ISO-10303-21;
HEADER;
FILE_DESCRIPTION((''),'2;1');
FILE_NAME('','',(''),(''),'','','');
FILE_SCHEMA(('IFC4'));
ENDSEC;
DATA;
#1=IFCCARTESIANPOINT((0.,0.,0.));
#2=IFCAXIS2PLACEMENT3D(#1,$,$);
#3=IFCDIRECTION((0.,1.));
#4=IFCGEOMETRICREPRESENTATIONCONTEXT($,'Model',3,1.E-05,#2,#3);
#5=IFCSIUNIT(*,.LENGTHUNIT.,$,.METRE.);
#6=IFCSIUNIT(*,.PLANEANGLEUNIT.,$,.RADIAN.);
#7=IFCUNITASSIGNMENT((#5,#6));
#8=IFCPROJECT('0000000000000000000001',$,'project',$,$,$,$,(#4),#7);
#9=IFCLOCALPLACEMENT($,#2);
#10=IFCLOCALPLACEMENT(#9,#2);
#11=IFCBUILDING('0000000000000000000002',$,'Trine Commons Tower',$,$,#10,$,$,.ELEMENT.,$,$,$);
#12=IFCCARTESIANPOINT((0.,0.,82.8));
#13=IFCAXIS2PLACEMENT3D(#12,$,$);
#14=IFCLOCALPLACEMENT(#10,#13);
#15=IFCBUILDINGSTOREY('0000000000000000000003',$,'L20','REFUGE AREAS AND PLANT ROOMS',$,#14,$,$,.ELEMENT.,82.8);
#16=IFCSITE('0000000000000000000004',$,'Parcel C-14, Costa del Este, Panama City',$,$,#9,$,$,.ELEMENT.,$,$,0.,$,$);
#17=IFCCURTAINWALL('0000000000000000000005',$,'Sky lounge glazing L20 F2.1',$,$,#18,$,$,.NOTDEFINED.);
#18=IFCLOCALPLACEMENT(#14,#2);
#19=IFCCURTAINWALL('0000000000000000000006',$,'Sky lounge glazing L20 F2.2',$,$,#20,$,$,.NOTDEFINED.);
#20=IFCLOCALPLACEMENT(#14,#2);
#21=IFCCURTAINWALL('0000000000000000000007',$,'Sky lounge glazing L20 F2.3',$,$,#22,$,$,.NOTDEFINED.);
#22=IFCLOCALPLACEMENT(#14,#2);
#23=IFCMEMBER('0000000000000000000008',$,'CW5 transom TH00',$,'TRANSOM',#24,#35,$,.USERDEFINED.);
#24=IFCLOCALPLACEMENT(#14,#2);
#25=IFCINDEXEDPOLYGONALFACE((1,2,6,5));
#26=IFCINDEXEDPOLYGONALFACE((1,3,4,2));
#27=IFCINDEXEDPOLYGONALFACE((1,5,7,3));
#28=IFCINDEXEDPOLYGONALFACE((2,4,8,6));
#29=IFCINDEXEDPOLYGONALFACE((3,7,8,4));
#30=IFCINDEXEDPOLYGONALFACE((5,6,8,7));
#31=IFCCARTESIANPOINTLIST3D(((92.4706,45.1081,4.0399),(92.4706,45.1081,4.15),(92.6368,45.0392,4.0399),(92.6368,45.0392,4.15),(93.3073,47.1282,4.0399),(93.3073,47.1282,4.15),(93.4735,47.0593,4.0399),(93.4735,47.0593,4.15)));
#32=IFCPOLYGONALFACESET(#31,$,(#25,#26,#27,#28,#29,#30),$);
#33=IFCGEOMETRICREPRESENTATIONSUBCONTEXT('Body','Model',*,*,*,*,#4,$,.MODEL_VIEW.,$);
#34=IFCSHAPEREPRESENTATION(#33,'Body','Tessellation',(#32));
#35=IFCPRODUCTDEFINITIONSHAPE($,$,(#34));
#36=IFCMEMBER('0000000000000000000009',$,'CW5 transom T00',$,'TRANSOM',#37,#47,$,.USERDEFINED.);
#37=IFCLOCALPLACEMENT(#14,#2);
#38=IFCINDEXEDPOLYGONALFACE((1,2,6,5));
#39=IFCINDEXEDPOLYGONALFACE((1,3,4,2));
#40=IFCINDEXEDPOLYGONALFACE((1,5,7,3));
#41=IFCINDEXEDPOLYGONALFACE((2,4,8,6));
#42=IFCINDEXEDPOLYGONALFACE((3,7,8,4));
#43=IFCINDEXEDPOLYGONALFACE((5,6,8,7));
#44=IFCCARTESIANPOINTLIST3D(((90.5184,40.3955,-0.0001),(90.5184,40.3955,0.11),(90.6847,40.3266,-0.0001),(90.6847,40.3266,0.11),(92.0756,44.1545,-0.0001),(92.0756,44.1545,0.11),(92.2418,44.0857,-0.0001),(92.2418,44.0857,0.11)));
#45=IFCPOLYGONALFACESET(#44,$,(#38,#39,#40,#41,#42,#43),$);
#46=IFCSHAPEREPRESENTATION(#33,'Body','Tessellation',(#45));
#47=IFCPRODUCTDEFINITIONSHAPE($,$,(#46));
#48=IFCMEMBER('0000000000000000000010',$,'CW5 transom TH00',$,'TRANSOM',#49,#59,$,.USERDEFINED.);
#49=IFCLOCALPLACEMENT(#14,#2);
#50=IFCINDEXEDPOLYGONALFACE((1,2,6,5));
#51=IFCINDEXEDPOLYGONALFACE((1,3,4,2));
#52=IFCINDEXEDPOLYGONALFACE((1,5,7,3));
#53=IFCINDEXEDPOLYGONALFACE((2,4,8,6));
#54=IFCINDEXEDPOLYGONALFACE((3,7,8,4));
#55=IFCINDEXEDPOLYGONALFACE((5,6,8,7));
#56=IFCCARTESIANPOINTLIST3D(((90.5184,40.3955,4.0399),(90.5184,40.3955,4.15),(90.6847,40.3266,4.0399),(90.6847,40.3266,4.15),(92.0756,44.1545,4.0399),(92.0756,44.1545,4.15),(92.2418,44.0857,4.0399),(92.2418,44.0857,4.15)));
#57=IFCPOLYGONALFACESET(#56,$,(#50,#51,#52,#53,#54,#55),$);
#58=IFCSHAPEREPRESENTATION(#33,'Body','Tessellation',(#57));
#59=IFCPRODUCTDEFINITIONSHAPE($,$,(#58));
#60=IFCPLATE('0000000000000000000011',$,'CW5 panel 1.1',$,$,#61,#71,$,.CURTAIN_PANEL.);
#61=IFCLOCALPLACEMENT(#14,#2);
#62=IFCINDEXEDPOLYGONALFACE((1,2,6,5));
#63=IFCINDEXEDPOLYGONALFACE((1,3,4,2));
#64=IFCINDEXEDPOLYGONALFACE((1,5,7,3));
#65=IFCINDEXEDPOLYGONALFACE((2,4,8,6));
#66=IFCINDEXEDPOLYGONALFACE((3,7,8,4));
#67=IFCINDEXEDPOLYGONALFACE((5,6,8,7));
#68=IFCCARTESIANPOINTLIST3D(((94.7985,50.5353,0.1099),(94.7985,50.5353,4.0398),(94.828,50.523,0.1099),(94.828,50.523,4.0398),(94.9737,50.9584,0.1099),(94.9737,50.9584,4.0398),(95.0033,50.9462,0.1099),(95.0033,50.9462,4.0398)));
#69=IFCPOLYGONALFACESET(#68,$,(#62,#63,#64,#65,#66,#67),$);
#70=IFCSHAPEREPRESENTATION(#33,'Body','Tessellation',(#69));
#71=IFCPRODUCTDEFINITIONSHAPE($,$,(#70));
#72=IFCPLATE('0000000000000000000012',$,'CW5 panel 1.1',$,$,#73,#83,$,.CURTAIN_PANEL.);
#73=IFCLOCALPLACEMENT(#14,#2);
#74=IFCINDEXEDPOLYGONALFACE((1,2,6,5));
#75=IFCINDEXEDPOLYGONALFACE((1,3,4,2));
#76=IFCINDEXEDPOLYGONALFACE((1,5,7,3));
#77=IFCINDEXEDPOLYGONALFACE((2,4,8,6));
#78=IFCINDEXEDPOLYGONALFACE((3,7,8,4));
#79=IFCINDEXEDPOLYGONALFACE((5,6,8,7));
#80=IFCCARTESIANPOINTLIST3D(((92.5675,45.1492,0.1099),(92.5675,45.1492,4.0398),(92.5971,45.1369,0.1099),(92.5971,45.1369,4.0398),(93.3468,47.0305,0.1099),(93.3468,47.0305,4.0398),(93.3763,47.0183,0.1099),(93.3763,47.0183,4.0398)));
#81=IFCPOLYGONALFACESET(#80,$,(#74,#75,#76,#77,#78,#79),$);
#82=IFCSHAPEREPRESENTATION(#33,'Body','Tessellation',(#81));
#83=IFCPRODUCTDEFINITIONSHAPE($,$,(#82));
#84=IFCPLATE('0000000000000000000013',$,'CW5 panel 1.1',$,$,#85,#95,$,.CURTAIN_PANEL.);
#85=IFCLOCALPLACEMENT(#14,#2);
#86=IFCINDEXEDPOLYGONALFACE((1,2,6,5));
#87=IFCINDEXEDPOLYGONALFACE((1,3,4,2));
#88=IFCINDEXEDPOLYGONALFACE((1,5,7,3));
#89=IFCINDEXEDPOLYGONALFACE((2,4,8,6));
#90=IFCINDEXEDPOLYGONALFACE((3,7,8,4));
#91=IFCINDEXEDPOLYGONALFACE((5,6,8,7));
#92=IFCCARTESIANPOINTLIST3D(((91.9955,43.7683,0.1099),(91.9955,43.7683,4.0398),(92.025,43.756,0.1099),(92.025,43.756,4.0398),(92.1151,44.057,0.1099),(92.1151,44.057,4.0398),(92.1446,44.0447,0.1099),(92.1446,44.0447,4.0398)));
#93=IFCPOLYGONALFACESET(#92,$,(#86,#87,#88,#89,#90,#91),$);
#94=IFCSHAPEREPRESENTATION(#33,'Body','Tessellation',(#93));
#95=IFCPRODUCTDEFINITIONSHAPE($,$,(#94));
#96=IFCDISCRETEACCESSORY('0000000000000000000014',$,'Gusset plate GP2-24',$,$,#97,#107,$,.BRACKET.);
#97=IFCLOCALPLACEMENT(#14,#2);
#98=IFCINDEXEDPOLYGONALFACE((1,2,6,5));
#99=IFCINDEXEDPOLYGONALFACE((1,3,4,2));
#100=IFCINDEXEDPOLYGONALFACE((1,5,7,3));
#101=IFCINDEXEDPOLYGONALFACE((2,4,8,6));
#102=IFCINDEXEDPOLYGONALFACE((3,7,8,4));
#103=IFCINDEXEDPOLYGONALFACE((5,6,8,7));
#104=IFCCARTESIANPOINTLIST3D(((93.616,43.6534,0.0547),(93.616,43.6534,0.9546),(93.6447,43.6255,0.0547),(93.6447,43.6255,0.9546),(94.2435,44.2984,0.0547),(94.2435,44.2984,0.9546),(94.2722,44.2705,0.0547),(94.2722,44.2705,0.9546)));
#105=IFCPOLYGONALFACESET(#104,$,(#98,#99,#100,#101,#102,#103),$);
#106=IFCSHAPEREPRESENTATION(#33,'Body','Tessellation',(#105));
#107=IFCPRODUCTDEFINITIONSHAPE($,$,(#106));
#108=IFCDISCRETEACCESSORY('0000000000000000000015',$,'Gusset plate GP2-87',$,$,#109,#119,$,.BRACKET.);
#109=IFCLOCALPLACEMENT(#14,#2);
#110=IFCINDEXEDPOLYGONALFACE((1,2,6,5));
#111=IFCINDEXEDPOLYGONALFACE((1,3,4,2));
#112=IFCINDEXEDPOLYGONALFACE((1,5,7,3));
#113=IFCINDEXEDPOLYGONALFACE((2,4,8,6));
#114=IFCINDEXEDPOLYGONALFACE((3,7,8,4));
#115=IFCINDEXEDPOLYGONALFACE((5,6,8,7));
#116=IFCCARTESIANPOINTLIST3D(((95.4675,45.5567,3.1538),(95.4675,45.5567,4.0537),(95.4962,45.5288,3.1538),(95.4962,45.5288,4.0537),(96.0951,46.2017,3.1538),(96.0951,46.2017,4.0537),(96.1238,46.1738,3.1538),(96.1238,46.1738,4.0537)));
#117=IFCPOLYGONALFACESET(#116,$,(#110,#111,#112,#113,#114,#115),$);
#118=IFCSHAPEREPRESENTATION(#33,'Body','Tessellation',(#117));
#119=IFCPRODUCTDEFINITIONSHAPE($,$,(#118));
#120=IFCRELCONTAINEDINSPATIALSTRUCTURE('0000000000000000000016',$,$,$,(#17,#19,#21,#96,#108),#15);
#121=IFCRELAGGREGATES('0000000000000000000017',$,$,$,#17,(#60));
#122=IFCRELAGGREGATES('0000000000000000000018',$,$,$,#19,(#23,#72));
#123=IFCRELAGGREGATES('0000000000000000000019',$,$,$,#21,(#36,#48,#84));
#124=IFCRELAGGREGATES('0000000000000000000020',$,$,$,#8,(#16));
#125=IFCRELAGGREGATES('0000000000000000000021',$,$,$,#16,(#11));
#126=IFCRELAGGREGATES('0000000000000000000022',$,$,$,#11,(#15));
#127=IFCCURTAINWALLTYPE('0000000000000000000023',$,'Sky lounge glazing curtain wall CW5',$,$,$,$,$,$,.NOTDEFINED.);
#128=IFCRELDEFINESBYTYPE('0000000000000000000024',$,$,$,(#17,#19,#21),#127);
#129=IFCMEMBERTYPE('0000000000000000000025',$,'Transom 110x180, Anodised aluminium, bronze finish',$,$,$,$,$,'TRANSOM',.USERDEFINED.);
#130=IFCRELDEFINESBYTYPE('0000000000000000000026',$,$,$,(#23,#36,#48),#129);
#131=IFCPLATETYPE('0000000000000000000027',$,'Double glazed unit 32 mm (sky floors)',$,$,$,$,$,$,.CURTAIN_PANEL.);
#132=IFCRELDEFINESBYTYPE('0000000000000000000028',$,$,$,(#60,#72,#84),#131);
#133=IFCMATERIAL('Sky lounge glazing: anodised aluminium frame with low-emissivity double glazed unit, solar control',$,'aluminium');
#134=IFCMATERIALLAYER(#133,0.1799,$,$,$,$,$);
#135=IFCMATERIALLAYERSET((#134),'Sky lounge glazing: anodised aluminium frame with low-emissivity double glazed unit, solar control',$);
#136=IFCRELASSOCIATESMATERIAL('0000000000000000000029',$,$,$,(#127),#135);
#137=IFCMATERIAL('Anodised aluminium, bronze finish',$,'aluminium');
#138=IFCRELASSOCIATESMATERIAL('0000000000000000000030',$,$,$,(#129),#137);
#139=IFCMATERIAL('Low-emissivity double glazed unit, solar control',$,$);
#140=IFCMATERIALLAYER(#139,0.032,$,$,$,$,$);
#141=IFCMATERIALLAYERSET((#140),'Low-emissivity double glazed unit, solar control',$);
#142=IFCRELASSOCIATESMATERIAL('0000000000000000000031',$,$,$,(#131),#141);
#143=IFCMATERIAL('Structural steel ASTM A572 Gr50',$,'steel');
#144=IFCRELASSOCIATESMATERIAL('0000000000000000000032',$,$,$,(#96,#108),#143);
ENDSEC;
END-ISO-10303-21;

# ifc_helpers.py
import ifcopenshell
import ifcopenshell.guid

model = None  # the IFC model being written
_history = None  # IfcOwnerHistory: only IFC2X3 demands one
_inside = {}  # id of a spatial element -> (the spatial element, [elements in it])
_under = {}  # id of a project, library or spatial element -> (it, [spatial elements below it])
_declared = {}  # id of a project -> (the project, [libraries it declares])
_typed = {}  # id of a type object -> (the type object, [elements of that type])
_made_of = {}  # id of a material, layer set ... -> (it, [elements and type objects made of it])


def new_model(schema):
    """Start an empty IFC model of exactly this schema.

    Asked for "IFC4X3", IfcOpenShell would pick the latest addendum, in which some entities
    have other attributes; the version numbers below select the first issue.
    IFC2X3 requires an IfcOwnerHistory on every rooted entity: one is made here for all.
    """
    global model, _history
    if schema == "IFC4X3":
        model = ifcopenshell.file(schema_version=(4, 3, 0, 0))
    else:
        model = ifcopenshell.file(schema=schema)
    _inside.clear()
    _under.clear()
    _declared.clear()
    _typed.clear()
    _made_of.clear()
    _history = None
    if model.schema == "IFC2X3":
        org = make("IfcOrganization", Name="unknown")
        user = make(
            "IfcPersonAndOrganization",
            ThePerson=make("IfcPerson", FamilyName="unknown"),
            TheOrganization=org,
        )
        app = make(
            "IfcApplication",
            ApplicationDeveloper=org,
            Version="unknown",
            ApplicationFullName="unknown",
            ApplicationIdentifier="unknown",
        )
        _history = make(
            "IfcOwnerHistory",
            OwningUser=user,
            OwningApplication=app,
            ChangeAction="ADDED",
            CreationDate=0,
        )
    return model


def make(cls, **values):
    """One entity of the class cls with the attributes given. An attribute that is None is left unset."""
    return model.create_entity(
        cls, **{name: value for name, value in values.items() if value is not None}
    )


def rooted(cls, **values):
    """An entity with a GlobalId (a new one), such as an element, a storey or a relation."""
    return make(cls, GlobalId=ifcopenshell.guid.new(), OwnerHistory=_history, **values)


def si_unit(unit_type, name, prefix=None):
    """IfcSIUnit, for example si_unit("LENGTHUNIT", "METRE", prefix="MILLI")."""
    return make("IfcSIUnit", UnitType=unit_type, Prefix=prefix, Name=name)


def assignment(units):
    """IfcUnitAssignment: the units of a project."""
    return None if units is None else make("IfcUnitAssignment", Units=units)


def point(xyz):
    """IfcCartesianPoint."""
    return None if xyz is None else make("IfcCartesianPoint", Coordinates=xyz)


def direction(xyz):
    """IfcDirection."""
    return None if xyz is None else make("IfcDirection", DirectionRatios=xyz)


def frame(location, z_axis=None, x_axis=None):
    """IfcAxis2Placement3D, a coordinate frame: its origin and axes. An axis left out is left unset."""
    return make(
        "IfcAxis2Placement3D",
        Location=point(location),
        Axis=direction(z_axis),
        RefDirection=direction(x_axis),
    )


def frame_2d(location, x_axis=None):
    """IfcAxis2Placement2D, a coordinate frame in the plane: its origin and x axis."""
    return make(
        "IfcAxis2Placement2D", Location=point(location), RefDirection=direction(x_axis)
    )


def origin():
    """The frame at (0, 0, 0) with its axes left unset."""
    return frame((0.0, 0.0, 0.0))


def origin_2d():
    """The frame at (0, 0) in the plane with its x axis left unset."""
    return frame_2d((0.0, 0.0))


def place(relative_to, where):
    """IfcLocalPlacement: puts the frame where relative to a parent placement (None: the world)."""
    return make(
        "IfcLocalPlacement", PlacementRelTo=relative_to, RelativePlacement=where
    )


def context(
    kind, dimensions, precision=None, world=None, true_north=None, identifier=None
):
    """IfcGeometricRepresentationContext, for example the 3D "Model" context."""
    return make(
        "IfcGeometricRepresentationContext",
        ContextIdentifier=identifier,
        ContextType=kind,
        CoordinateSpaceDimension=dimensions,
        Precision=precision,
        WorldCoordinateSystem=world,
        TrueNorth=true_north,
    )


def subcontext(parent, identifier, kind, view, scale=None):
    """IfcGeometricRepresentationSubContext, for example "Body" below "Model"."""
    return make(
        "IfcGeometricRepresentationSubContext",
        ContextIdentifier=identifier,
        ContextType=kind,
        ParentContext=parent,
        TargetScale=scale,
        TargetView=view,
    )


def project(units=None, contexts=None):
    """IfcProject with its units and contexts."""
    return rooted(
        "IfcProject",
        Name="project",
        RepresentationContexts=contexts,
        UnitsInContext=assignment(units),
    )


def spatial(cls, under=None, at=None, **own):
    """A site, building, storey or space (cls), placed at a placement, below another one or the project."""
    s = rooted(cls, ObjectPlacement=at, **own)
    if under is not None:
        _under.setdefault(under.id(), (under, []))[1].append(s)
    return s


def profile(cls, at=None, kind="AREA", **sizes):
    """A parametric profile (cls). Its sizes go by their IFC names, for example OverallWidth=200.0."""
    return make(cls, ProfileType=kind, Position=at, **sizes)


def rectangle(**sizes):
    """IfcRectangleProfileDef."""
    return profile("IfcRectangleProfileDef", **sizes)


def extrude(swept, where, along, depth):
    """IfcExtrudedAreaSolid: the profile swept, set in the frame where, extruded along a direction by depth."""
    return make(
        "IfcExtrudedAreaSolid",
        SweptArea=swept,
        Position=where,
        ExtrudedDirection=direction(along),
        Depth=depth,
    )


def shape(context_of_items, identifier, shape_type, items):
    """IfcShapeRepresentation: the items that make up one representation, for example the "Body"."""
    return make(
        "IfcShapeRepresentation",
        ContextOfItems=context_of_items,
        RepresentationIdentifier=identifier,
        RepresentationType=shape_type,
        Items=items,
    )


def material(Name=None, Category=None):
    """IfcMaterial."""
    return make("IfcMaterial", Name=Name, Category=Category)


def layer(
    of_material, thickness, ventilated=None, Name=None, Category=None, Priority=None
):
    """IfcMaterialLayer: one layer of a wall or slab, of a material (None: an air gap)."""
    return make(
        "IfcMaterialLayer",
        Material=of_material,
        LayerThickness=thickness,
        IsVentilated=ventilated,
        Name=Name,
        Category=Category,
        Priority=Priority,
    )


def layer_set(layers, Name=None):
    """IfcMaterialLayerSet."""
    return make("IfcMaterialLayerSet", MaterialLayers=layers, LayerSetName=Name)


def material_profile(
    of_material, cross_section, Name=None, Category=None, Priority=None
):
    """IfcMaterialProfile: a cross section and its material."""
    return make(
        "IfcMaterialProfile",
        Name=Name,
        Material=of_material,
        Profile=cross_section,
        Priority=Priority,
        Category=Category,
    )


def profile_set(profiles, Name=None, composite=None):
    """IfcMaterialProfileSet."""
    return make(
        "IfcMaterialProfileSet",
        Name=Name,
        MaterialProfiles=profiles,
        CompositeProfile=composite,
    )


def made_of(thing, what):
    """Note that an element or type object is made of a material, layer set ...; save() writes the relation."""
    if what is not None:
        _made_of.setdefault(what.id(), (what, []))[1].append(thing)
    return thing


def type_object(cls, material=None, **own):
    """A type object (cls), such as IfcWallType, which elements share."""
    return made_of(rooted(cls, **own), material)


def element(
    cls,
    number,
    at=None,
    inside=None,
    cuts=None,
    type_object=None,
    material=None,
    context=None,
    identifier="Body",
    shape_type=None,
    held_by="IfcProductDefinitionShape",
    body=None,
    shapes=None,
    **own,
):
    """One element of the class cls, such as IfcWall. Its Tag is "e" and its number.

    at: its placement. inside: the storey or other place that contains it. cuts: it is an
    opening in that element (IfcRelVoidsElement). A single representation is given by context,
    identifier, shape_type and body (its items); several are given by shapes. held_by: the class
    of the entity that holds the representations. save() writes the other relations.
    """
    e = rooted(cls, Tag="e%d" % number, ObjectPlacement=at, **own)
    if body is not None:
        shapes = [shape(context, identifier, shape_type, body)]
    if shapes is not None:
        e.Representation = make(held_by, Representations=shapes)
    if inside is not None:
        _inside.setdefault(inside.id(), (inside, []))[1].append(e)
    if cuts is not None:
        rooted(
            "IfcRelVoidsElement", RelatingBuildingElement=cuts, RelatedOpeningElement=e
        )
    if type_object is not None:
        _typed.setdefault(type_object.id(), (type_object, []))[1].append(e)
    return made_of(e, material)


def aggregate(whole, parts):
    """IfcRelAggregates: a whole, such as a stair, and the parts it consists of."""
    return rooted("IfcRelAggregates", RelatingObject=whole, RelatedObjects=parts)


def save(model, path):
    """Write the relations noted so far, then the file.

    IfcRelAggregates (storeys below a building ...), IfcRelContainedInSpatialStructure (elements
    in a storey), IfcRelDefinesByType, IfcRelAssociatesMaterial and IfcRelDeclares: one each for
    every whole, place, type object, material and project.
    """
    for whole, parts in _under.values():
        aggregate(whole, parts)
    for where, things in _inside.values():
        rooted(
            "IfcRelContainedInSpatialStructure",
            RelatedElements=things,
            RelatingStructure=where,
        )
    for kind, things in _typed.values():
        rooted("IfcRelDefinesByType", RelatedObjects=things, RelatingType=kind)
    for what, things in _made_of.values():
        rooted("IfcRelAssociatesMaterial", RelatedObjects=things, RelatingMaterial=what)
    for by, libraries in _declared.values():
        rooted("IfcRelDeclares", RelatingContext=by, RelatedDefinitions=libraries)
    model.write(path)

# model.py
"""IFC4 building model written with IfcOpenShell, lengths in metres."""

from ifc_helpers import new_model, si_unit, direction, frame, origin, origin_2d, place, context, subcontext, project, spatial, rectangle, extrude, material, layer, layer_set, material_profile, profile_set, type_object, element, aggregate, save


model = new_model("IFC4")

# Units and contexts
model_context = context("Model", 3, precision=1e-05, world=origin(), true_north=direction((0.0, 1.0)))
body_context = subcontext(model_context, "Body", "Model", "MODEL_VIEW")
ifc_project = project(units=[si_unit("LENGTHUNIT", "METRE"), si_unit("PLANEANGLEUNIT", "RADIAN")], contexts=[model_context])

# Site, building, storey
site_placement = place(None, origin())
site = spatial("IfcSite", under=ifc_project, at=site_placement, Name="Parcel C-14, Costa del Este, Panama City", CompositionType="ELEMENT", RefElevation=0.0)
building_placement = place(site_placement, origin())
building = spatial("IfcBuilding", under=site, at=building_placement, Name="Trine Commons Tower", CompositionType="ELEMENT")
storey_placement = place(building_placement, frame((0.0, 0.0, 82.8)))
storey = spatial("IfcBuildingStorey", under=building, at=storey_placement, Name="L20", Description="REFUGE AREAS AND PLANT ROOMS", CompositionType="ELEMENT", Elevation=82.8)

# Curtain walls
ifc_material_1 = material(Name="Sky lounge glazing: anodised aluminium frame with low-emissivity double glazed unit, solar control", Category="aluminium")
ifc_layer_1 = layer(ifc_material_1, 0.1799)
ifc_layer_set_1 = layer_set([ifc_layer_1], Name="Sky lounge glazing: anodised aluminium frame with low-emissivity double glazed unit, solar control")
curtain_wall_type = type_object("IfcCurtainWallType", Name="Sky lounge glazing curtain wall CW5", PredefinedType="NOTDEFINED", material=ifc_layer_set_1)
curtain_wall_1_placement = place(storey_placement, origin())
curtain_wall_1 = element("IfcCurtainWall", 1, at=curtain_wall_1_placement, inside=storey, type_object=curtain_wall_type, Name="Sky lounge glazing L20 F2.1", PredefinedType="NOTDEFINED")
ifc_material_2 = material(Name="Anodised aluminium, bronze finish", Category="aluminium")
curtain_wall_2_placement = place(storey_placement, origin())
curtain_wall_2 = element("IfcCurtainWall", 2, at=curtain_wall_2_placement, inside=storey, type_object=curtain_wall_type, Name="Sky lounge glazing L20 F2.2", PredefinedType="NOTDEFINED")

# Curtain wall
curtain_wall_3_placement = place(storey_placement, origin())
curtain_wall_3 = element("IfcCurtainWall", 3, at=curtain_wall_3_placement, inside=storey, type_object=curtain_wall_type, Name="Sky lounge glazing L20 F2.3", PredefinedType="NOTDEFINED")

# Members
ifc_material_profile_1 = material_profile(ifc_material_2, rectangle(XDim=0.1799, YDim=0.1101, at=origin_2d()), Name="Transom 110x180")
ifc_profile_set_1 = profile_set([ifc_material_profile_1], Name="Anodised aluminium, bronze finish")
member_type_1 = type_object("IfcMemberType", Name="Transom 110x180, Anodised aluminium, bronze finish", ElementType="TRANSOM", PredefinedType="USERDEFINED", material=ifc_profile_set_1)
member_1_placement = place(storey_placement, frame((93.3904, 47.0938, 4.095), z_axis=(-0.382664, -0.923888, 0.0), x_axis=(0.923888, -0.382664, 0.0)))
member_1 = element("IfcMember", 4, at=member_1_placement, type_object=member_type_1, Name="CW5 transom TH00", ObjectType="TRANSOM", PredefinedType="USERDEFINED", context=body_context, shape_type="SweptSolid", body=[
    extrude(rectangle(XDim=0.1799, YDim=0.1101, at=origin_2d()), origin(), (0.0, 0.0, 1.0), 2.1865),
])
member_2_placement = place(storey_placement, frame((92.1587, 44.1201, 0.0549), z_axis=(-0.382702, -0.923872, 0.0), x_axis=(0.923872, -0.382702, 0.0)))
member_2 = element("IfcMember", 5, at=member_2_placement, type_object=member_type_1, Name="CW5 transom T00", ObjectType="TRANSOM", PredefinedType="USERDEFINED", context=body_context, shape_type="SweptSolid", body=[
    extrude(rectangle(XDim=0.1799, YDim=0.1101, at=origin_2d()), origin(), (0.0, 0.0, 1.0), 4.0688),
])
member_3_placement = place(storey_placement, frame((92.1587, 44.1201, 4.095), z_axis=(-0.382702, -0.923872, 0.0), x_axis=(0.923872, -0.382702, 0.0)))
member_3 = element("IfcMember", 6, at=member_3_placement, type_object=member_type_1, Name="CW5 transom TH00", ObjectType="TRANSOM", PredefinedType="USERDEFINED", context=body_context, shape_type="SweptSolid", body=[
    extrude(rectangle(XDim=0.1799, YDim=0.1101, at=origin_2d()), origin(), (0.0, 0.0, 1.0), 4.0688),
])

# Plates
ifc_material_3 = material(Name="Low-emissivity double glazed unit, solar control")
ifc_layer_2 = layer(ifc_material_3, 0.032)
ifc_layer_set_2 = layer_set([ifc_layer_2], Name="Low-emissivity double glazed unit, solar control")
plate_type = type_object("IfcPlateType", Name="Double glazed unit 32 mm (sky floors)", PredefinedType="CURTAIN_PANEL", material=ifc_layer_set_2)
plate_1_placement = place(storey_placement, frame((94.9009, 50.7407, 0.1099), z_axis=(0.0, 0.0, 1.0), x_axis=(-0.382683, -0.92388, 0.0)))
plate_1 = element("IfcPlate", 7, at=plate_1_placement, type_object=plate_type, Name="CW5 panel 1.1", PredefinedType="CURTAIN_PANEL", context=body_context, shape_type="SweptSolid", body=[
    extrude(rectangle(XDim=0.458, YDim=0.032, at=origin_2d()), origin(), (0.0, 0.0, 1.0), 3.9299),
])
aggregate(curtain_wall_1, [plate_1])
plate_2_placement = place(storey_placement, frame((92.9719, 46.0837, 0.1099), z_axis=(0.0, 0.0, 1.0), x_axis=(-0.382683, -0.92388, 0.0)))
plate_2 = element("IfcPlate", 8, at=plate_2_placement, type_object=plate_type, Name="CW5 panel 1.1", PredefinedType="CURTAIN_PANEL", context=body_context, shape_type="SweptSolid", body=[
    extrude(rectangle(XDim=2.0364, YDim=0.032, at=origin_2d()), origin(), (0.0, 0.0, 1.0), 3.9299),
])
aggregate(curtain_wall_2, [member_1, plate_2])
plate_3_placement = place(storey_placement, frame((92.0701, 43.9065, 0.1099), z_axis=(0.0, 0.0, 1.0), x_axis=(-0.382683, -0.92388, 0.0)))
plate_3 = element("IfcPlate", 9, at=plate_3_placement, type_object=plate_type, Name="CW5 panel 1.1", PredefinedType="CURTAIN_PANEL", context=body_context, shape_type="SweptSolid", body=[
    extrude(rectangle(XDim=0.3125, YDim=0.032, at=origin_2d()), origin(), (0.0, 0.0, 1.0), 3.9299),
])
aggregate(curtain_wall_3, [member_2, member_3, plate_3])

# Discrete accessories
ifc_material_4 = material(Name="Structural steel ASTM A572 Gr50", Category="steel")
for number, where, z_axis, x_axis, name in (
    (10, (93.9441, 43.9619, 0.0547), (0.0, 0.0, 1.0), (0.69734, 0.71674, 0.0), "Gusset plate GP2-24"),
    (11, (95.7957, 45.8652, 3.1538), (0.0, 0.0, 1.0), (0.69734, 0.71674, 0.0), "Gusset plate GP2-87"),
):
    element("IfcDiscreteAccessory", number, at=place(storey_placement, frame(where, z_axis=z_axis, x_axis=x_axis)), inside=storey, material=ifc_material_4, Name=name, PredefinedType="BRACKET", context=body_context, shape_type="SweptSolid", body=[
        extrude(rectangle(XDim=0.8999, YDim=0.04, at=origin_2d()), origin(), (0.0, 0.0, 1.0), 0.8999),
    ])

save(model, "model.ifc")
